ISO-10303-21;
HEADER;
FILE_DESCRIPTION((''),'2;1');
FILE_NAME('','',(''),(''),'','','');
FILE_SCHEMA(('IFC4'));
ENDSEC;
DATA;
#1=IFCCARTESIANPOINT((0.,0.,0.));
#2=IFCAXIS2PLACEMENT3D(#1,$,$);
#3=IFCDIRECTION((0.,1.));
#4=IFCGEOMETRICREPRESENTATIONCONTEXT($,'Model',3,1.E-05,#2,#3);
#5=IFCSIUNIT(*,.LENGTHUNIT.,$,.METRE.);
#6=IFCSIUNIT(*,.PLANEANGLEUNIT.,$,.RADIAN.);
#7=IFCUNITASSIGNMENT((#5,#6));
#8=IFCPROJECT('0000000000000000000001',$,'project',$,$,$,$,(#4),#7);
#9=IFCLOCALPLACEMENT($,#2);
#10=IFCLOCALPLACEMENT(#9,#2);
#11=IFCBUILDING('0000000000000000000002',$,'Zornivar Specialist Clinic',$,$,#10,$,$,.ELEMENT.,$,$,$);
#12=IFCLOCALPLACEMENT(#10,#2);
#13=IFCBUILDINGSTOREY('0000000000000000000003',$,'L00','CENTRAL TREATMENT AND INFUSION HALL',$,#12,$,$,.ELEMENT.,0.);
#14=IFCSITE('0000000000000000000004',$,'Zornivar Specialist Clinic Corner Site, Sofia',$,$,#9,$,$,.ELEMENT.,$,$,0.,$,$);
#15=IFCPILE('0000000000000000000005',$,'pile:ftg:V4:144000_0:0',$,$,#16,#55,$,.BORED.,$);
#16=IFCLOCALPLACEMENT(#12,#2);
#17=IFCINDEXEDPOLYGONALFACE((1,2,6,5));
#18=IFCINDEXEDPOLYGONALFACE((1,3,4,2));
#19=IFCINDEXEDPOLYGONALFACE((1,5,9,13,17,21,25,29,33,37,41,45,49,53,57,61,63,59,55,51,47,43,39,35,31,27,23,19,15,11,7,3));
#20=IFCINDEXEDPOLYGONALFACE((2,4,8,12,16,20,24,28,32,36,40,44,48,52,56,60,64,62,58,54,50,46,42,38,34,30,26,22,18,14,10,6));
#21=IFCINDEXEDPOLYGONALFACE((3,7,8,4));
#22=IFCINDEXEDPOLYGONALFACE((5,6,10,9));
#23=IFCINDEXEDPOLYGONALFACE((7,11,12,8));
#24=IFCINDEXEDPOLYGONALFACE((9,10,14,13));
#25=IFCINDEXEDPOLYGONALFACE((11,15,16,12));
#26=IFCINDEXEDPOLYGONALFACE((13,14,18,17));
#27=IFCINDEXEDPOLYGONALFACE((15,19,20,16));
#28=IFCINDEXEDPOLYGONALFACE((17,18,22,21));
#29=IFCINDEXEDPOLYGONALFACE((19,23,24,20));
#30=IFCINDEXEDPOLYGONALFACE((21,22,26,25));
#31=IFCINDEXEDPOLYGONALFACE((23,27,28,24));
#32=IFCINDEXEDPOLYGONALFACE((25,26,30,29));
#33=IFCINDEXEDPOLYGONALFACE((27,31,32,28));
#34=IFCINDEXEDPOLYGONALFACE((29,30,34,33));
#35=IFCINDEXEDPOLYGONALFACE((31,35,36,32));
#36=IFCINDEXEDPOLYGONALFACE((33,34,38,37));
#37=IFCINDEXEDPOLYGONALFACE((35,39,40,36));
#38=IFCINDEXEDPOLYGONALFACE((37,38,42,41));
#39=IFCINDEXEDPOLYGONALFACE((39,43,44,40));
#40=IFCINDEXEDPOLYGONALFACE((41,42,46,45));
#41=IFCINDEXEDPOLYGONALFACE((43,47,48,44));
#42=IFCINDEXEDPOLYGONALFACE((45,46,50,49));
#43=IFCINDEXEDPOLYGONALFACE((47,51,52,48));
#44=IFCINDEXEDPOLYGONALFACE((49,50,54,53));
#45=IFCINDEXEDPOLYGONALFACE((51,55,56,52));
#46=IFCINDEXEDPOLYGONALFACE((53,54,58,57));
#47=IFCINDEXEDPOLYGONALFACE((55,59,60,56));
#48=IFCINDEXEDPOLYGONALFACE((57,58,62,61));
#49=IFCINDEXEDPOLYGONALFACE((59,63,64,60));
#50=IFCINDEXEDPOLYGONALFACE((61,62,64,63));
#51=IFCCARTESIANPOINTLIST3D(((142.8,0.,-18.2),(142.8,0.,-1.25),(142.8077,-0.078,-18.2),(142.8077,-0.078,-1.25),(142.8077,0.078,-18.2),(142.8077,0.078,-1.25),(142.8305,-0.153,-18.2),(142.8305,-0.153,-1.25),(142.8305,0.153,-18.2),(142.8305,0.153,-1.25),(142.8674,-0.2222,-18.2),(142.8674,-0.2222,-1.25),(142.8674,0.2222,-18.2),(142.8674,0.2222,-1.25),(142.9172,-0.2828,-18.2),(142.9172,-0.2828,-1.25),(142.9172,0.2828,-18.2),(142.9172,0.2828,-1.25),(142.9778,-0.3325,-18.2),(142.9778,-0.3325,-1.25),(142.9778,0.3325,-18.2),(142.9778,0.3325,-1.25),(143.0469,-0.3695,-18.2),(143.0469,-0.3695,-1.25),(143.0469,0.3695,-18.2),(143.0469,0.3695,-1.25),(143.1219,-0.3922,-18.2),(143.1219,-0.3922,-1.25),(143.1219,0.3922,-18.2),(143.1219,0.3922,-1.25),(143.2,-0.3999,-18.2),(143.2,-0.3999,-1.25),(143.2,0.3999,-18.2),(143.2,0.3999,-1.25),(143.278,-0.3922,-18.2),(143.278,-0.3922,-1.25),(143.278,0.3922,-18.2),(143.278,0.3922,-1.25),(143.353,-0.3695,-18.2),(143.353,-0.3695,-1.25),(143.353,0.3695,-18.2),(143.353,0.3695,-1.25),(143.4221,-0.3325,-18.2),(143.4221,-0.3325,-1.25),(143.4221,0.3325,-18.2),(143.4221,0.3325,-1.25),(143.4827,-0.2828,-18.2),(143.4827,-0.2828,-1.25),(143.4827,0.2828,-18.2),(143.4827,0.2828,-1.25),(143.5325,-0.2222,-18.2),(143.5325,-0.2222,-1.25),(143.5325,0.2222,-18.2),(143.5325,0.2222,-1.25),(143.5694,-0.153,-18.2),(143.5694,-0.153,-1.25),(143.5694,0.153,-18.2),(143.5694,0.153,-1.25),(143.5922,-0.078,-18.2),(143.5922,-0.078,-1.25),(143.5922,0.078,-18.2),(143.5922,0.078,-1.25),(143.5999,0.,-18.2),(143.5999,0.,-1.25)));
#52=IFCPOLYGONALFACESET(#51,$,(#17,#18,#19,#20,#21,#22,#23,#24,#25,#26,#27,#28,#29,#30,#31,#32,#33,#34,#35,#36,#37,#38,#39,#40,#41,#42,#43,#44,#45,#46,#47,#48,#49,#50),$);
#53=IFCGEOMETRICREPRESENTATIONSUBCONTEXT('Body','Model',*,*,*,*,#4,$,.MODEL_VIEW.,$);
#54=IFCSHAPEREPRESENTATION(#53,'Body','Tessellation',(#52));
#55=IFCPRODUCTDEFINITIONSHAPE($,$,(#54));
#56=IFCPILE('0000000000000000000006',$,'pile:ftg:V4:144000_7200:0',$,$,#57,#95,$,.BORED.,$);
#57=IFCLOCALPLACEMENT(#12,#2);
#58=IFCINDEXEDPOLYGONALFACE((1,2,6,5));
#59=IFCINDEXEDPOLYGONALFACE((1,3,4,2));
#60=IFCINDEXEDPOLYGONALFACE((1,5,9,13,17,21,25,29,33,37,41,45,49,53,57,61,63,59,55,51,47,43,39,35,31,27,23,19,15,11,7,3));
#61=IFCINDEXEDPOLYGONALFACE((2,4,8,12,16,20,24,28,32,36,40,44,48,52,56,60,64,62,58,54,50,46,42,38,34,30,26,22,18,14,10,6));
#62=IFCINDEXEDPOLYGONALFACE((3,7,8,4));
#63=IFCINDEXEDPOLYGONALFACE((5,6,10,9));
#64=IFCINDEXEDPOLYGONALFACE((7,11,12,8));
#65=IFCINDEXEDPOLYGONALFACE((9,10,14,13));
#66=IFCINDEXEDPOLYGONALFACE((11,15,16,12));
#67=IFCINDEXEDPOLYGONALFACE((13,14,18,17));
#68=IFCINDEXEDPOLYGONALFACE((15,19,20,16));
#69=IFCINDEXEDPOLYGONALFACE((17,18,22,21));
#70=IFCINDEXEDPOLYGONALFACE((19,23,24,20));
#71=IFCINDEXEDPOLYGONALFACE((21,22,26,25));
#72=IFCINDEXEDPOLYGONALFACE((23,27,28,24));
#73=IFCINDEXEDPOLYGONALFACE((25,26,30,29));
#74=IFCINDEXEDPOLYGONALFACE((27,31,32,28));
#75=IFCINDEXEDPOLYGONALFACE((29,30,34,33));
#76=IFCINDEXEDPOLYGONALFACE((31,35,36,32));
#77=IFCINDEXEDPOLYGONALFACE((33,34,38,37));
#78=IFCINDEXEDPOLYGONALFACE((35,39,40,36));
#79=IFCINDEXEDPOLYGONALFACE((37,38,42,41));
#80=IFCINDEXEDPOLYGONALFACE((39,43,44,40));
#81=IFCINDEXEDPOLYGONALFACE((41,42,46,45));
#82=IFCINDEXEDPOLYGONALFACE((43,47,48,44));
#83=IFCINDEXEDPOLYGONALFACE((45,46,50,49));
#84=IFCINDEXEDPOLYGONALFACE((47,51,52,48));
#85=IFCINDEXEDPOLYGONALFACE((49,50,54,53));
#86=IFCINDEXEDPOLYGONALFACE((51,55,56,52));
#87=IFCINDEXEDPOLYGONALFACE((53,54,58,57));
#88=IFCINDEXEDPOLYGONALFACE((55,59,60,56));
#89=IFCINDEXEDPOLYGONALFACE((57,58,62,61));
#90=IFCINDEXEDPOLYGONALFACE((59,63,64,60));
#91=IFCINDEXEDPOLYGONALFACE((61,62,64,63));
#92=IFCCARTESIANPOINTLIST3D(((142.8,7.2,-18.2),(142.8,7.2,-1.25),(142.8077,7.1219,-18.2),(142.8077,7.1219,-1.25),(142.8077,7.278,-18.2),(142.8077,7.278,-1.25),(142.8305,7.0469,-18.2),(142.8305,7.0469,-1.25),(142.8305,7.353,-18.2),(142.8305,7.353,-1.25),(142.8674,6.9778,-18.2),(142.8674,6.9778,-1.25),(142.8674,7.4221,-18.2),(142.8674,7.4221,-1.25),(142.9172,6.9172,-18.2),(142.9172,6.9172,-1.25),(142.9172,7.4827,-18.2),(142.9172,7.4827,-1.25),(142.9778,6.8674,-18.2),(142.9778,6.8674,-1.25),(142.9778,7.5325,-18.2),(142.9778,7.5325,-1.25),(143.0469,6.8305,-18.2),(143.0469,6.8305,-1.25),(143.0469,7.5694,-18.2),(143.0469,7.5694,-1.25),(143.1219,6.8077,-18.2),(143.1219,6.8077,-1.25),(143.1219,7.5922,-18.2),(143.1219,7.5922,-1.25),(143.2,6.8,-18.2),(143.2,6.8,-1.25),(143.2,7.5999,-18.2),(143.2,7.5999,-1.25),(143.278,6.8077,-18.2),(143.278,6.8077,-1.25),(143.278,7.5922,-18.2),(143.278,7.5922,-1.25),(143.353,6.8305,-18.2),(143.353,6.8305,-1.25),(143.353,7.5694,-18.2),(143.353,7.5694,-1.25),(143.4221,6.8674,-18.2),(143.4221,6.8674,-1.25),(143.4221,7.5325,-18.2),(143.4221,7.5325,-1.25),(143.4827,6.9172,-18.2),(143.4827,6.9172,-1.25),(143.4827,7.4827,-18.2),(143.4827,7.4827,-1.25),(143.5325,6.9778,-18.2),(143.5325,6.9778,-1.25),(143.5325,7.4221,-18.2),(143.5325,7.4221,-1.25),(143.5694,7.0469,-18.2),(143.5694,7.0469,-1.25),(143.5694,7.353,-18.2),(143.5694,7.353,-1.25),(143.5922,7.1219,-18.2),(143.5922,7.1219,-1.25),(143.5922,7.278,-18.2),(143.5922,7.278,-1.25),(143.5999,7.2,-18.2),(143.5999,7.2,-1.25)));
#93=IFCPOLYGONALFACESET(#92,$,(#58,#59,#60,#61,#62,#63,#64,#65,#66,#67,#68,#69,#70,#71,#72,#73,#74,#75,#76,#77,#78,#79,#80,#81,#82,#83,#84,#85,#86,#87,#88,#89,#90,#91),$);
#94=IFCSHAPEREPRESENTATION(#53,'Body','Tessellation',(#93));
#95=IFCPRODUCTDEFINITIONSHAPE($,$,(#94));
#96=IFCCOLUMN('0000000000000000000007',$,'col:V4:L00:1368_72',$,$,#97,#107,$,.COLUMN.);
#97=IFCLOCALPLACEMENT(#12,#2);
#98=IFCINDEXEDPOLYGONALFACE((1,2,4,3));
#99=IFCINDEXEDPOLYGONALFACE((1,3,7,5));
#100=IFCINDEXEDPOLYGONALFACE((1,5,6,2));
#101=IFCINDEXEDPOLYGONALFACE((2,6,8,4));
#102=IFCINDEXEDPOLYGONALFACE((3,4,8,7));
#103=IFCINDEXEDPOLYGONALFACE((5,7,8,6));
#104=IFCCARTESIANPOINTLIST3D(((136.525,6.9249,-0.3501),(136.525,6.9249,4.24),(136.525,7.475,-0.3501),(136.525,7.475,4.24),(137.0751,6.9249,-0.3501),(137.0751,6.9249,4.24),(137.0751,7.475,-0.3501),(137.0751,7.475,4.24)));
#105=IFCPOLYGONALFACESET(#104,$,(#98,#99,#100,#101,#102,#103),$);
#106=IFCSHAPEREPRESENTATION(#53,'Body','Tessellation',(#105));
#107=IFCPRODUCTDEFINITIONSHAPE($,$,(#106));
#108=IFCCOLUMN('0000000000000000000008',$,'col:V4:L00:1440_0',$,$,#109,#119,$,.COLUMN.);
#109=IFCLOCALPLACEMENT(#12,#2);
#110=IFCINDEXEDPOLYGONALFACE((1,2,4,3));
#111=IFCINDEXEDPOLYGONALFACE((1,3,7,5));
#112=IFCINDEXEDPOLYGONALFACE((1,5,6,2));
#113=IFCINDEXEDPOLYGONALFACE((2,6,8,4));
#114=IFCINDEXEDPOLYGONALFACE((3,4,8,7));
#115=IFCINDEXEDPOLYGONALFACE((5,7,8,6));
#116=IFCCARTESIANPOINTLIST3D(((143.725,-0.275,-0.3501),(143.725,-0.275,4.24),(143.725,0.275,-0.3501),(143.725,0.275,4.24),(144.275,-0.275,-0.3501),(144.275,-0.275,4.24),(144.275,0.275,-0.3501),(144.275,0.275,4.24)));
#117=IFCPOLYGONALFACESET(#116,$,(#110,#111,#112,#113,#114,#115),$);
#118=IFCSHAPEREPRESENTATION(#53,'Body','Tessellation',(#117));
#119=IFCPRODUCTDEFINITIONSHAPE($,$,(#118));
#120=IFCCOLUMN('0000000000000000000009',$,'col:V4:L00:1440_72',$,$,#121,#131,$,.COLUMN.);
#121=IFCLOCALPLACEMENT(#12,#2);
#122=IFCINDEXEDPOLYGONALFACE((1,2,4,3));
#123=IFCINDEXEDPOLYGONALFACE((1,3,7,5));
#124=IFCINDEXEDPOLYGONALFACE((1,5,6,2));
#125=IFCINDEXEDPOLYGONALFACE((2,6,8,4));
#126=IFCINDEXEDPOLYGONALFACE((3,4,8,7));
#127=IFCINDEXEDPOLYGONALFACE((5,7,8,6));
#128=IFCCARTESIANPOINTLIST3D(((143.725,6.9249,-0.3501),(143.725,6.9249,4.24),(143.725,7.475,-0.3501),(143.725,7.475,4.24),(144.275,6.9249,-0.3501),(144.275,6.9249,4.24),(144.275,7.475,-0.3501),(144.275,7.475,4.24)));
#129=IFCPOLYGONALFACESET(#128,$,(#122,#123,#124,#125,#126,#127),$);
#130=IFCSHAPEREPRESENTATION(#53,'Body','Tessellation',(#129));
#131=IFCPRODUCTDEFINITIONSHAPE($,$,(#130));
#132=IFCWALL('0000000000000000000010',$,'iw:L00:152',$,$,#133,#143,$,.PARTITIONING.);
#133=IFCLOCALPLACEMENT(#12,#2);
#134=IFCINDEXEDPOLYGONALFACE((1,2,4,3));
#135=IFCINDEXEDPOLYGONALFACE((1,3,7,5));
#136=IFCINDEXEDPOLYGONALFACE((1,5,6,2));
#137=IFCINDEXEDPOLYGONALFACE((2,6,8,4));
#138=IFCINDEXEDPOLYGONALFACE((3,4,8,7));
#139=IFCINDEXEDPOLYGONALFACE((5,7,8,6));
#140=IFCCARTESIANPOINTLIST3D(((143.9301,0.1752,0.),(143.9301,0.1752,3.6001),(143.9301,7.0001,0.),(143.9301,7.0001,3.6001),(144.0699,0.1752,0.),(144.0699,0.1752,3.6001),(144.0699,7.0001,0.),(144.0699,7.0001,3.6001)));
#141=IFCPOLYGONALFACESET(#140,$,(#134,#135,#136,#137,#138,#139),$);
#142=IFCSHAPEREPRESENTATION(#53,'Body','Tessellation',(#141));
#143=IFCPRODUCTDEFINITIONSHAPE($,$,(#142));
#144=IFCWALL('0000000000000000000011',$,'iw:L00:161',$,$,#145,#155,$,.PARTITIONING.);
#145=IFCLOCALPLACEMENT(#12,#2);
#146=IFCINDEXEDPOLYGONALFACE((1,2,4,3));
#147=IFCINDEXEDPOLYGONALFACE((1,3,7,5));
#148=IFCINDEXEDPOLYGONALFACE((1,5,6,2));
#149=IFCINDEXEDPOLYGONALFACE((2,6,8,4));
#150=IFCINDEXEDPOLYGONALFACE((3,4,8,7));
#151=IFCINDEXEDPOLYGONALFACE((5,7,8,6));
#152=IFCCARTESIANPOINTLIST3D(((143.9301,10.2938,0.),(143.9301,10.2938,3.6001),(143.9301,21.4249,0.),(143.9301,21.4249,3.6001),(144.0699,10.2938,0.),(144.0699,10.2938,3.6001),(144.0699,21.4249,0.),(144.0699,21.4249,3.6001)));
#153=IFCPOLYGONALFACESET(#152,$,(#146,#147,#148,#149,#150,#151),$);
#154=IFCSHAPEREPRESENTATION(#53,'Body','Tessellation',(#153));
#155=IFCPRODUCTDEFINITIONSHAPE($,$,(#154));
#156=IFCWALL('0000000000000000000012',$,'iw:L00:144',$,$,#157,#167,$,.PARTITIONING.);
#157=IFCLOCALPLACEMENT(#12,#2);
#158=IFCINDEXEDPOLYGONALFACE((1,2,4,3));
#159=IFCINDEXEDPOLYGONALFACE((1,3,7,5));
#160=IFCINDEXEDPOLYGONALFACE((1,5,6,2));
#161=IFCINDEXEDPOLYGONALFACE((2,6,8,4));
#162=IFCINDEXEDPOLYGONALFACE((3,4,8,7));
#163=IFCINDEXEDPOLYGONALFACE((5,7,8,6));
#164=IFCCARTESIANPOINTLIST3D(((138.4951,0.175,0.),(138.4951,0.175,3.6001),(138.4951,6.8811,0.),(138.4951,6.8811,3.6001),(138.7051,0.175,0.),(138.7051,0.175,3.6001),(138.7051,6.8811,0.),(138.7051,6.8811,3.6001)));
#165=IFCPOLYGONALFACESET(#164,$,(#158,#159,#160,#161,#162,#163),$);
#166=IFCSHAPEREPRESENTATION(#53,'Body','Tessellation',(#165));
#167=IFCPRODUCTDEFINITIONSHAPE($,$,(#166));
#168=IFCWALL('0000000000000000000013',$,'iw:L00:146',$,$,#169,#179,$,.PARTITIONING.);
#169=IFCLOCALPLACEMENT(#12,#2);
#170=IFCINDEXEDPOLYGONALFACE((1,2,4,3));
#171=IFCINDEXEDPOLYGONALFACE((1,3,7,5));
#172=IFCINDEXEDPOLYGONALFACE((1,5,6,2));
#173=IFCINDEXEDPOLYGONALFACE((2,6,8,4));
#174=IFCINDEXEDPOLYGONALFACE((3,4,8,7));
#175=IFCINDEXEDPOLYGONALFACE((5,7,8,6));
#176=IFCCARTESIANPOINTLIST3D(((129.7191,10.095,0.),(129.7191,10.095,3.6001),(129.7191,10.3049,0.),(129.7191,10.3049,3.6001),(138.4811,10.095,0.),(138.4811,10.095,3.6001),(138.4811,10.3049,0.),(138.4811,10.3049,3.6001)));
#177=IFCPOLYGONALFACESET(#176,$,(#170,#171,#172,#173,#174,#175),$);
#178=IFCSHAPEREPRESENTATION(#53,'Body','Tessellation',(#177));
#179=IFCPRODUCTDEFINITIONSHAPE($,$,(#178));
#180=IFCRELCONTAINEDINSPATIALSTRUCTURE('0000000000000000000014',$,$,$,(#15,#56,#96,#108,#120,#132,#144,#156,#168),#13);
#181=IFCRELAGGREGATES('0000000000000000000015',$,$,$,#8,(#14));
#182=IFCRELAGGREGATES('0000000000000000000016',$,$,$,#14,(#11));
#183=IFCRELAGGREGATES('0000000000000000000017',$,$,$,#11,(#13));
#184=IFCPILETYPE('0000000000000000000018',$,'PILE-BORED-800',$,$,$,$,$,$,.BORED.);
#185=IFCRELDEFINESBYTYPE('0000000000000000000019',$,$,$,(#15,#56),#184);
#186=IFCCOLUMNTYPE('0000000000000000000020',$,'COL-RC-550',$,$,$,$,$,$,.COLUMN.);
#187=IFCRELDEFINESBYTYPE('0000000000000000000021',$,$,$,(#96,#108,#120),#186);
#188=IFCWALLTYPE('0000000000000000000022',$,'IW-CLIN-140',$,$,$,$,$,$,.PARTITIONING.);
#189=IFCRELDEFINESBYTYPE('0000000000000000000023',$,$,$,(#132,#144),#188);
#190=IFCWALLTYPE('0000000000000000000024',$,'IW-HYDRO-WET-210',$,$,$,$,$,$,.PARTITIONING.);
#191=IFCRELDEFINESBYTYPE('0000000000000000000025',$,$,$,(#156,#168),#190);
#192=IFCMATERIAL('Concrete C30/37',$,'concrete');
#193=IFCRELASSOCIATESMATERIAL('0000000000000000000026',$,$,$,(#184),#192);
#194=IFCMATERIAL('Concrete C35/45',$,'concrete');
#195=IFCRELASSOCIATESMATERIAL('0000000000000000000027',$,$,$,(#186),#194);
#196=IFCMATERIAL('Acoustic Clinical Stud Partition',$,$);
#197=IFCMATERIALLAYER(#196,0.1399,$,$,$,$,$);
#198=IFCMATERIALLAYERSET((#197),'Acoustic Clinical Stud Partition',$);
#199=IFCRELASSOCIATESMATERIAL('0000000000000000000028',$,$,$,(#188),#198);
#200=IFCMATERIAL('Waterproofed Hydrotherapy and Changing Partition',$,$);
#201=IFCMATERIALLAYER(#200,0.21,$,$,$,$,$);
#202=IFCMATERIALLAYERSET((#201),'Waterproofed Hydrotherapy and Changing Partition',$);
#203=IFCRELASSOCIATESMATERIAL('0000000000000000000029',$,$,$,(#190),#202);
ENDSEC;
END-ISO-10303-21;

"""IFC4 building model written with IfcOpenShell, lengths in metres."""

from ifc_helpers import new_model, si_unit, direction, frame, frame_2d, origin, origin_2d, place, context, subcontext, project, spatial, rectangle, circle, extrude, material, layer, layer_set, material_profile, profile_set, type_object, element, save


model = new_model("IFC4")

# Units and contexts
model_context = context("Model", 3, precision=1e-05, world=origin(), true_north=direction((0.0, 1.0)))
body_context = subcontext(model_context, "Body", "Model", "MODEL_VIEW")
ifc_project = project(units=[si_unit("LENGTHUNIT", "METRE"), si_unit("PLANEANGLEUNIT", "RADIAN")], contexts=[model_context])

# Site, building, storey
site_placement = place(None, origin())
site = spatial("IfcSite", under=ifc_project, at=site_placement, Name="Zornivar Specialist Clinic Corner Site, Sofia", CompositionType="ELEMENT", RefElevation=0.0)
building_placement = place(site_placement, origin())
building = spatial("IfcBuilding", under=site, at=building_placement, Name="Zornivar Specialist Clinic", CompositionType="ELEMENT")
storey_placement = place(building_placement, origin())
storey = spatial("IfcBuildingStorey", under=building, at=storey_placement, Name="L00", Description="CENTRAL TREATMENT AND INFUSION HALL", CompositionType="ELEMENT", Elevation=0.0)

# Piles
ifc_material_1 = material(Name="Concrete C30/37", Category="concrete")
ifc_material_profile_1 = material_profile(ifc_material_1, circle(Radius=0.3999, at=origin_2d()), Name="PILE D800")
ifc_profile_set_1 = profile_set([ifc_material_profile_1], Name="Concrete C30/37")
pile_type = type_object("IfcPileType", Name="PILE-BORED-800", PredefinedType="BORED", material=ifc_profile_set_1)
for number, where, z_axis, x_axis, name in (
    (1, (143.2, 0.0, -1.25), (0.0, 0.0, -1.0), (1.0, 0.0, 0.0), "pile:ftg:V4:144000_0:0"),
    (2, (143.2, 7.2, -1.25), (0.0, 0.0, -1.0), (1.0, 0.0, 0.0), "pile:ftg:V4:144000_7200:0"),
):
    element("IfcPile", number, at=place(storey_placement, frame(where, z_axis=z_axis, x_axis=x_axis)), inside=storey, type_object=pile_type, Name=name, PredefinedType="BORED", context=body_context, shape_type="SweptSolid", body=[
        extrude(circle(Radius=0.3999, at=origin_2d()), origin(), (0.0, 0.0, 1.0), 16.95),
    ])

# Columns
ifc_material_2 = material(Name="Concrete C35/45", Category="concrete")
ifc_material_profile_2 = material_profile(ifc_material_2, rectangle(XDim=0.55, YDim=0.55, at=origin_2d()), Name="RC 550x550")
ifc_profile_set_2 = profile_set([ifc_material_profile_2], Name="Concrete C35/45")
column_type = type_object("IfcColumnType", Name="COL-RC-550", PredefinedType="COLUMN", material=ifc_profile_set_2)
for number, where, z_axis, x_axis, name in (
    (3, (136.8, 7.2, -0.3501), (0.0, 0.0, 1.0), (1.0, 0.0, 0.0), "col:V4:L00:1368_72"),
    (4, (144.0, 0.0, -0.3501), (0.0, 0.0, 1.0), (1.0, 0.0, 0.0), "col:V4:L00:1440_0"),
    (5, (144.0, 7.2, -0.3501), (0.0, 0.0, 1.0), (1.0, 0.0, 0.0), "col:V4:L00:1440_72"),
):
    element("IfcColumn", number, at=place(storey_placement, frame(where, z_axis=z_axis, x_axis=x_axis)), inside=storey, type_object=column_type, Name=name, PredefinedType="COLUMN", context=body_context, shape_type="SweptSolid", body=[
        extrude(rectangle(XDim=0.55, YDim=0.55, at=origin_2d()), origin(), (0.0, 0.0, 1.0), 4.5901),
    ])

# Walls
ifc_material_3 = material(Name="Acoustic Clinical Stud Partition")
ifc_layer_1 = layer(ifc_material_3, 0.1399)
ifc_layer_set_1 = layer_set([ifc_layer_1], Name="Acoustic Clinical Stud Partition")
wall_type_1 = type_object("IfcWallType", Name="IW-CLIN-140", PredefinedType="PARTITIONING", material=ifc_layer_set_1)
wall_1_placement = place(storey_placement, frame((144.0, 0.175, 0.0), z_axis=(0.0, 0.0, 1.0), x_axis=(0.0, 1.0, 0.0)))
element("IfcWall", 6, at=wall_1_placement, inside=storey, type_object=wall_type_1, Name="iw:L00:152", PredefinedType="PARTITIONING", context=body_context, shape_type="SweptSolid", body=[
    extrude(rectangle(XDim=6.825, YDim=0.1399, at=frame_2d((3.4126, 0.0))), origin(), (0.0, 0.0, 1.0), 3.6001),
])
wall_2_placement = place(storey_placement, frame((144.0, 10.2939, 0.0), z_axis=(0.0, 0.0, 1.0), x_axis=(0.0, 1.0, 0.0)))
element("IfcWall", 7, at=wall_2_placement, inside=storey, type_object=wall_type_1, Name="iw:L00:161", PredefinedType="PARTITIONING", context=body_context, shape_type="SweptSolid", body=[
    extrude(rectangle(XDim=11.1311, YDim=0.1399, at=frame_2d((5.5654, 0.0))), origin(), (0.0, 0.0, 1.0), 3.6001),
])
ifc_material_4 = material(Name="Waterproofed Hydrotherapy and Changing Partition")
ifc_layer_2 = layer(ifc_material_4, 0.21)
ifc_layer_set_2 = layer_set([ifc_layer_2], Name="Waterproofed Hydrotherapy and Changing Partition")
wall_type_2 = type_object("IfcWallType", Name="IW-HYDRO-WET-210", PredefinedType="PARTITIONING", material=ifc_layer_set_2)
wall_3_placement = place(storey_placement, frame((138.6001, 6.8811, 0.0), z_axis=(0.0, 0.0, 1.0), x_axis=(0.0, -1.0, 0.0)))
element("IfcWall", 8, at=wall_3_placement, inside=storey, type_object=wall_type_2, Name="iw:L00:144", PredefinedType="PARTITIONING", context=body_context, shape_type="SweptSolid", body=[
    extrude(rectangle(XDim=6.7061, YDim=0.21, at=frame_2d((3.353, 0.0))), origin(), (0.0, 0.0, 1.0), 3.6001),
])
wall_4_placement = place(storey_placement, frame((138.481, 10.2, 0.0), z_axis=(0.0, 0.0, 1.0), x_axis=(-1.0, 0.0, 0.0)))
element("IfcWall", 9, at=wall_4_placement, inside=storey, type_object=wall_type_2, Name="iw:L00:146", PredefinedType="PARTITIONING", context=body_context, shape_type="SweptSolid", body=[
    extrude(rectangle(XDim=8.762, YDim=0.21, at=frame_2d((4.3809, 0.0))), origin(), (0.0, 0.0, 1.0), 3.6001),
])

save(model, "model.ifc")
